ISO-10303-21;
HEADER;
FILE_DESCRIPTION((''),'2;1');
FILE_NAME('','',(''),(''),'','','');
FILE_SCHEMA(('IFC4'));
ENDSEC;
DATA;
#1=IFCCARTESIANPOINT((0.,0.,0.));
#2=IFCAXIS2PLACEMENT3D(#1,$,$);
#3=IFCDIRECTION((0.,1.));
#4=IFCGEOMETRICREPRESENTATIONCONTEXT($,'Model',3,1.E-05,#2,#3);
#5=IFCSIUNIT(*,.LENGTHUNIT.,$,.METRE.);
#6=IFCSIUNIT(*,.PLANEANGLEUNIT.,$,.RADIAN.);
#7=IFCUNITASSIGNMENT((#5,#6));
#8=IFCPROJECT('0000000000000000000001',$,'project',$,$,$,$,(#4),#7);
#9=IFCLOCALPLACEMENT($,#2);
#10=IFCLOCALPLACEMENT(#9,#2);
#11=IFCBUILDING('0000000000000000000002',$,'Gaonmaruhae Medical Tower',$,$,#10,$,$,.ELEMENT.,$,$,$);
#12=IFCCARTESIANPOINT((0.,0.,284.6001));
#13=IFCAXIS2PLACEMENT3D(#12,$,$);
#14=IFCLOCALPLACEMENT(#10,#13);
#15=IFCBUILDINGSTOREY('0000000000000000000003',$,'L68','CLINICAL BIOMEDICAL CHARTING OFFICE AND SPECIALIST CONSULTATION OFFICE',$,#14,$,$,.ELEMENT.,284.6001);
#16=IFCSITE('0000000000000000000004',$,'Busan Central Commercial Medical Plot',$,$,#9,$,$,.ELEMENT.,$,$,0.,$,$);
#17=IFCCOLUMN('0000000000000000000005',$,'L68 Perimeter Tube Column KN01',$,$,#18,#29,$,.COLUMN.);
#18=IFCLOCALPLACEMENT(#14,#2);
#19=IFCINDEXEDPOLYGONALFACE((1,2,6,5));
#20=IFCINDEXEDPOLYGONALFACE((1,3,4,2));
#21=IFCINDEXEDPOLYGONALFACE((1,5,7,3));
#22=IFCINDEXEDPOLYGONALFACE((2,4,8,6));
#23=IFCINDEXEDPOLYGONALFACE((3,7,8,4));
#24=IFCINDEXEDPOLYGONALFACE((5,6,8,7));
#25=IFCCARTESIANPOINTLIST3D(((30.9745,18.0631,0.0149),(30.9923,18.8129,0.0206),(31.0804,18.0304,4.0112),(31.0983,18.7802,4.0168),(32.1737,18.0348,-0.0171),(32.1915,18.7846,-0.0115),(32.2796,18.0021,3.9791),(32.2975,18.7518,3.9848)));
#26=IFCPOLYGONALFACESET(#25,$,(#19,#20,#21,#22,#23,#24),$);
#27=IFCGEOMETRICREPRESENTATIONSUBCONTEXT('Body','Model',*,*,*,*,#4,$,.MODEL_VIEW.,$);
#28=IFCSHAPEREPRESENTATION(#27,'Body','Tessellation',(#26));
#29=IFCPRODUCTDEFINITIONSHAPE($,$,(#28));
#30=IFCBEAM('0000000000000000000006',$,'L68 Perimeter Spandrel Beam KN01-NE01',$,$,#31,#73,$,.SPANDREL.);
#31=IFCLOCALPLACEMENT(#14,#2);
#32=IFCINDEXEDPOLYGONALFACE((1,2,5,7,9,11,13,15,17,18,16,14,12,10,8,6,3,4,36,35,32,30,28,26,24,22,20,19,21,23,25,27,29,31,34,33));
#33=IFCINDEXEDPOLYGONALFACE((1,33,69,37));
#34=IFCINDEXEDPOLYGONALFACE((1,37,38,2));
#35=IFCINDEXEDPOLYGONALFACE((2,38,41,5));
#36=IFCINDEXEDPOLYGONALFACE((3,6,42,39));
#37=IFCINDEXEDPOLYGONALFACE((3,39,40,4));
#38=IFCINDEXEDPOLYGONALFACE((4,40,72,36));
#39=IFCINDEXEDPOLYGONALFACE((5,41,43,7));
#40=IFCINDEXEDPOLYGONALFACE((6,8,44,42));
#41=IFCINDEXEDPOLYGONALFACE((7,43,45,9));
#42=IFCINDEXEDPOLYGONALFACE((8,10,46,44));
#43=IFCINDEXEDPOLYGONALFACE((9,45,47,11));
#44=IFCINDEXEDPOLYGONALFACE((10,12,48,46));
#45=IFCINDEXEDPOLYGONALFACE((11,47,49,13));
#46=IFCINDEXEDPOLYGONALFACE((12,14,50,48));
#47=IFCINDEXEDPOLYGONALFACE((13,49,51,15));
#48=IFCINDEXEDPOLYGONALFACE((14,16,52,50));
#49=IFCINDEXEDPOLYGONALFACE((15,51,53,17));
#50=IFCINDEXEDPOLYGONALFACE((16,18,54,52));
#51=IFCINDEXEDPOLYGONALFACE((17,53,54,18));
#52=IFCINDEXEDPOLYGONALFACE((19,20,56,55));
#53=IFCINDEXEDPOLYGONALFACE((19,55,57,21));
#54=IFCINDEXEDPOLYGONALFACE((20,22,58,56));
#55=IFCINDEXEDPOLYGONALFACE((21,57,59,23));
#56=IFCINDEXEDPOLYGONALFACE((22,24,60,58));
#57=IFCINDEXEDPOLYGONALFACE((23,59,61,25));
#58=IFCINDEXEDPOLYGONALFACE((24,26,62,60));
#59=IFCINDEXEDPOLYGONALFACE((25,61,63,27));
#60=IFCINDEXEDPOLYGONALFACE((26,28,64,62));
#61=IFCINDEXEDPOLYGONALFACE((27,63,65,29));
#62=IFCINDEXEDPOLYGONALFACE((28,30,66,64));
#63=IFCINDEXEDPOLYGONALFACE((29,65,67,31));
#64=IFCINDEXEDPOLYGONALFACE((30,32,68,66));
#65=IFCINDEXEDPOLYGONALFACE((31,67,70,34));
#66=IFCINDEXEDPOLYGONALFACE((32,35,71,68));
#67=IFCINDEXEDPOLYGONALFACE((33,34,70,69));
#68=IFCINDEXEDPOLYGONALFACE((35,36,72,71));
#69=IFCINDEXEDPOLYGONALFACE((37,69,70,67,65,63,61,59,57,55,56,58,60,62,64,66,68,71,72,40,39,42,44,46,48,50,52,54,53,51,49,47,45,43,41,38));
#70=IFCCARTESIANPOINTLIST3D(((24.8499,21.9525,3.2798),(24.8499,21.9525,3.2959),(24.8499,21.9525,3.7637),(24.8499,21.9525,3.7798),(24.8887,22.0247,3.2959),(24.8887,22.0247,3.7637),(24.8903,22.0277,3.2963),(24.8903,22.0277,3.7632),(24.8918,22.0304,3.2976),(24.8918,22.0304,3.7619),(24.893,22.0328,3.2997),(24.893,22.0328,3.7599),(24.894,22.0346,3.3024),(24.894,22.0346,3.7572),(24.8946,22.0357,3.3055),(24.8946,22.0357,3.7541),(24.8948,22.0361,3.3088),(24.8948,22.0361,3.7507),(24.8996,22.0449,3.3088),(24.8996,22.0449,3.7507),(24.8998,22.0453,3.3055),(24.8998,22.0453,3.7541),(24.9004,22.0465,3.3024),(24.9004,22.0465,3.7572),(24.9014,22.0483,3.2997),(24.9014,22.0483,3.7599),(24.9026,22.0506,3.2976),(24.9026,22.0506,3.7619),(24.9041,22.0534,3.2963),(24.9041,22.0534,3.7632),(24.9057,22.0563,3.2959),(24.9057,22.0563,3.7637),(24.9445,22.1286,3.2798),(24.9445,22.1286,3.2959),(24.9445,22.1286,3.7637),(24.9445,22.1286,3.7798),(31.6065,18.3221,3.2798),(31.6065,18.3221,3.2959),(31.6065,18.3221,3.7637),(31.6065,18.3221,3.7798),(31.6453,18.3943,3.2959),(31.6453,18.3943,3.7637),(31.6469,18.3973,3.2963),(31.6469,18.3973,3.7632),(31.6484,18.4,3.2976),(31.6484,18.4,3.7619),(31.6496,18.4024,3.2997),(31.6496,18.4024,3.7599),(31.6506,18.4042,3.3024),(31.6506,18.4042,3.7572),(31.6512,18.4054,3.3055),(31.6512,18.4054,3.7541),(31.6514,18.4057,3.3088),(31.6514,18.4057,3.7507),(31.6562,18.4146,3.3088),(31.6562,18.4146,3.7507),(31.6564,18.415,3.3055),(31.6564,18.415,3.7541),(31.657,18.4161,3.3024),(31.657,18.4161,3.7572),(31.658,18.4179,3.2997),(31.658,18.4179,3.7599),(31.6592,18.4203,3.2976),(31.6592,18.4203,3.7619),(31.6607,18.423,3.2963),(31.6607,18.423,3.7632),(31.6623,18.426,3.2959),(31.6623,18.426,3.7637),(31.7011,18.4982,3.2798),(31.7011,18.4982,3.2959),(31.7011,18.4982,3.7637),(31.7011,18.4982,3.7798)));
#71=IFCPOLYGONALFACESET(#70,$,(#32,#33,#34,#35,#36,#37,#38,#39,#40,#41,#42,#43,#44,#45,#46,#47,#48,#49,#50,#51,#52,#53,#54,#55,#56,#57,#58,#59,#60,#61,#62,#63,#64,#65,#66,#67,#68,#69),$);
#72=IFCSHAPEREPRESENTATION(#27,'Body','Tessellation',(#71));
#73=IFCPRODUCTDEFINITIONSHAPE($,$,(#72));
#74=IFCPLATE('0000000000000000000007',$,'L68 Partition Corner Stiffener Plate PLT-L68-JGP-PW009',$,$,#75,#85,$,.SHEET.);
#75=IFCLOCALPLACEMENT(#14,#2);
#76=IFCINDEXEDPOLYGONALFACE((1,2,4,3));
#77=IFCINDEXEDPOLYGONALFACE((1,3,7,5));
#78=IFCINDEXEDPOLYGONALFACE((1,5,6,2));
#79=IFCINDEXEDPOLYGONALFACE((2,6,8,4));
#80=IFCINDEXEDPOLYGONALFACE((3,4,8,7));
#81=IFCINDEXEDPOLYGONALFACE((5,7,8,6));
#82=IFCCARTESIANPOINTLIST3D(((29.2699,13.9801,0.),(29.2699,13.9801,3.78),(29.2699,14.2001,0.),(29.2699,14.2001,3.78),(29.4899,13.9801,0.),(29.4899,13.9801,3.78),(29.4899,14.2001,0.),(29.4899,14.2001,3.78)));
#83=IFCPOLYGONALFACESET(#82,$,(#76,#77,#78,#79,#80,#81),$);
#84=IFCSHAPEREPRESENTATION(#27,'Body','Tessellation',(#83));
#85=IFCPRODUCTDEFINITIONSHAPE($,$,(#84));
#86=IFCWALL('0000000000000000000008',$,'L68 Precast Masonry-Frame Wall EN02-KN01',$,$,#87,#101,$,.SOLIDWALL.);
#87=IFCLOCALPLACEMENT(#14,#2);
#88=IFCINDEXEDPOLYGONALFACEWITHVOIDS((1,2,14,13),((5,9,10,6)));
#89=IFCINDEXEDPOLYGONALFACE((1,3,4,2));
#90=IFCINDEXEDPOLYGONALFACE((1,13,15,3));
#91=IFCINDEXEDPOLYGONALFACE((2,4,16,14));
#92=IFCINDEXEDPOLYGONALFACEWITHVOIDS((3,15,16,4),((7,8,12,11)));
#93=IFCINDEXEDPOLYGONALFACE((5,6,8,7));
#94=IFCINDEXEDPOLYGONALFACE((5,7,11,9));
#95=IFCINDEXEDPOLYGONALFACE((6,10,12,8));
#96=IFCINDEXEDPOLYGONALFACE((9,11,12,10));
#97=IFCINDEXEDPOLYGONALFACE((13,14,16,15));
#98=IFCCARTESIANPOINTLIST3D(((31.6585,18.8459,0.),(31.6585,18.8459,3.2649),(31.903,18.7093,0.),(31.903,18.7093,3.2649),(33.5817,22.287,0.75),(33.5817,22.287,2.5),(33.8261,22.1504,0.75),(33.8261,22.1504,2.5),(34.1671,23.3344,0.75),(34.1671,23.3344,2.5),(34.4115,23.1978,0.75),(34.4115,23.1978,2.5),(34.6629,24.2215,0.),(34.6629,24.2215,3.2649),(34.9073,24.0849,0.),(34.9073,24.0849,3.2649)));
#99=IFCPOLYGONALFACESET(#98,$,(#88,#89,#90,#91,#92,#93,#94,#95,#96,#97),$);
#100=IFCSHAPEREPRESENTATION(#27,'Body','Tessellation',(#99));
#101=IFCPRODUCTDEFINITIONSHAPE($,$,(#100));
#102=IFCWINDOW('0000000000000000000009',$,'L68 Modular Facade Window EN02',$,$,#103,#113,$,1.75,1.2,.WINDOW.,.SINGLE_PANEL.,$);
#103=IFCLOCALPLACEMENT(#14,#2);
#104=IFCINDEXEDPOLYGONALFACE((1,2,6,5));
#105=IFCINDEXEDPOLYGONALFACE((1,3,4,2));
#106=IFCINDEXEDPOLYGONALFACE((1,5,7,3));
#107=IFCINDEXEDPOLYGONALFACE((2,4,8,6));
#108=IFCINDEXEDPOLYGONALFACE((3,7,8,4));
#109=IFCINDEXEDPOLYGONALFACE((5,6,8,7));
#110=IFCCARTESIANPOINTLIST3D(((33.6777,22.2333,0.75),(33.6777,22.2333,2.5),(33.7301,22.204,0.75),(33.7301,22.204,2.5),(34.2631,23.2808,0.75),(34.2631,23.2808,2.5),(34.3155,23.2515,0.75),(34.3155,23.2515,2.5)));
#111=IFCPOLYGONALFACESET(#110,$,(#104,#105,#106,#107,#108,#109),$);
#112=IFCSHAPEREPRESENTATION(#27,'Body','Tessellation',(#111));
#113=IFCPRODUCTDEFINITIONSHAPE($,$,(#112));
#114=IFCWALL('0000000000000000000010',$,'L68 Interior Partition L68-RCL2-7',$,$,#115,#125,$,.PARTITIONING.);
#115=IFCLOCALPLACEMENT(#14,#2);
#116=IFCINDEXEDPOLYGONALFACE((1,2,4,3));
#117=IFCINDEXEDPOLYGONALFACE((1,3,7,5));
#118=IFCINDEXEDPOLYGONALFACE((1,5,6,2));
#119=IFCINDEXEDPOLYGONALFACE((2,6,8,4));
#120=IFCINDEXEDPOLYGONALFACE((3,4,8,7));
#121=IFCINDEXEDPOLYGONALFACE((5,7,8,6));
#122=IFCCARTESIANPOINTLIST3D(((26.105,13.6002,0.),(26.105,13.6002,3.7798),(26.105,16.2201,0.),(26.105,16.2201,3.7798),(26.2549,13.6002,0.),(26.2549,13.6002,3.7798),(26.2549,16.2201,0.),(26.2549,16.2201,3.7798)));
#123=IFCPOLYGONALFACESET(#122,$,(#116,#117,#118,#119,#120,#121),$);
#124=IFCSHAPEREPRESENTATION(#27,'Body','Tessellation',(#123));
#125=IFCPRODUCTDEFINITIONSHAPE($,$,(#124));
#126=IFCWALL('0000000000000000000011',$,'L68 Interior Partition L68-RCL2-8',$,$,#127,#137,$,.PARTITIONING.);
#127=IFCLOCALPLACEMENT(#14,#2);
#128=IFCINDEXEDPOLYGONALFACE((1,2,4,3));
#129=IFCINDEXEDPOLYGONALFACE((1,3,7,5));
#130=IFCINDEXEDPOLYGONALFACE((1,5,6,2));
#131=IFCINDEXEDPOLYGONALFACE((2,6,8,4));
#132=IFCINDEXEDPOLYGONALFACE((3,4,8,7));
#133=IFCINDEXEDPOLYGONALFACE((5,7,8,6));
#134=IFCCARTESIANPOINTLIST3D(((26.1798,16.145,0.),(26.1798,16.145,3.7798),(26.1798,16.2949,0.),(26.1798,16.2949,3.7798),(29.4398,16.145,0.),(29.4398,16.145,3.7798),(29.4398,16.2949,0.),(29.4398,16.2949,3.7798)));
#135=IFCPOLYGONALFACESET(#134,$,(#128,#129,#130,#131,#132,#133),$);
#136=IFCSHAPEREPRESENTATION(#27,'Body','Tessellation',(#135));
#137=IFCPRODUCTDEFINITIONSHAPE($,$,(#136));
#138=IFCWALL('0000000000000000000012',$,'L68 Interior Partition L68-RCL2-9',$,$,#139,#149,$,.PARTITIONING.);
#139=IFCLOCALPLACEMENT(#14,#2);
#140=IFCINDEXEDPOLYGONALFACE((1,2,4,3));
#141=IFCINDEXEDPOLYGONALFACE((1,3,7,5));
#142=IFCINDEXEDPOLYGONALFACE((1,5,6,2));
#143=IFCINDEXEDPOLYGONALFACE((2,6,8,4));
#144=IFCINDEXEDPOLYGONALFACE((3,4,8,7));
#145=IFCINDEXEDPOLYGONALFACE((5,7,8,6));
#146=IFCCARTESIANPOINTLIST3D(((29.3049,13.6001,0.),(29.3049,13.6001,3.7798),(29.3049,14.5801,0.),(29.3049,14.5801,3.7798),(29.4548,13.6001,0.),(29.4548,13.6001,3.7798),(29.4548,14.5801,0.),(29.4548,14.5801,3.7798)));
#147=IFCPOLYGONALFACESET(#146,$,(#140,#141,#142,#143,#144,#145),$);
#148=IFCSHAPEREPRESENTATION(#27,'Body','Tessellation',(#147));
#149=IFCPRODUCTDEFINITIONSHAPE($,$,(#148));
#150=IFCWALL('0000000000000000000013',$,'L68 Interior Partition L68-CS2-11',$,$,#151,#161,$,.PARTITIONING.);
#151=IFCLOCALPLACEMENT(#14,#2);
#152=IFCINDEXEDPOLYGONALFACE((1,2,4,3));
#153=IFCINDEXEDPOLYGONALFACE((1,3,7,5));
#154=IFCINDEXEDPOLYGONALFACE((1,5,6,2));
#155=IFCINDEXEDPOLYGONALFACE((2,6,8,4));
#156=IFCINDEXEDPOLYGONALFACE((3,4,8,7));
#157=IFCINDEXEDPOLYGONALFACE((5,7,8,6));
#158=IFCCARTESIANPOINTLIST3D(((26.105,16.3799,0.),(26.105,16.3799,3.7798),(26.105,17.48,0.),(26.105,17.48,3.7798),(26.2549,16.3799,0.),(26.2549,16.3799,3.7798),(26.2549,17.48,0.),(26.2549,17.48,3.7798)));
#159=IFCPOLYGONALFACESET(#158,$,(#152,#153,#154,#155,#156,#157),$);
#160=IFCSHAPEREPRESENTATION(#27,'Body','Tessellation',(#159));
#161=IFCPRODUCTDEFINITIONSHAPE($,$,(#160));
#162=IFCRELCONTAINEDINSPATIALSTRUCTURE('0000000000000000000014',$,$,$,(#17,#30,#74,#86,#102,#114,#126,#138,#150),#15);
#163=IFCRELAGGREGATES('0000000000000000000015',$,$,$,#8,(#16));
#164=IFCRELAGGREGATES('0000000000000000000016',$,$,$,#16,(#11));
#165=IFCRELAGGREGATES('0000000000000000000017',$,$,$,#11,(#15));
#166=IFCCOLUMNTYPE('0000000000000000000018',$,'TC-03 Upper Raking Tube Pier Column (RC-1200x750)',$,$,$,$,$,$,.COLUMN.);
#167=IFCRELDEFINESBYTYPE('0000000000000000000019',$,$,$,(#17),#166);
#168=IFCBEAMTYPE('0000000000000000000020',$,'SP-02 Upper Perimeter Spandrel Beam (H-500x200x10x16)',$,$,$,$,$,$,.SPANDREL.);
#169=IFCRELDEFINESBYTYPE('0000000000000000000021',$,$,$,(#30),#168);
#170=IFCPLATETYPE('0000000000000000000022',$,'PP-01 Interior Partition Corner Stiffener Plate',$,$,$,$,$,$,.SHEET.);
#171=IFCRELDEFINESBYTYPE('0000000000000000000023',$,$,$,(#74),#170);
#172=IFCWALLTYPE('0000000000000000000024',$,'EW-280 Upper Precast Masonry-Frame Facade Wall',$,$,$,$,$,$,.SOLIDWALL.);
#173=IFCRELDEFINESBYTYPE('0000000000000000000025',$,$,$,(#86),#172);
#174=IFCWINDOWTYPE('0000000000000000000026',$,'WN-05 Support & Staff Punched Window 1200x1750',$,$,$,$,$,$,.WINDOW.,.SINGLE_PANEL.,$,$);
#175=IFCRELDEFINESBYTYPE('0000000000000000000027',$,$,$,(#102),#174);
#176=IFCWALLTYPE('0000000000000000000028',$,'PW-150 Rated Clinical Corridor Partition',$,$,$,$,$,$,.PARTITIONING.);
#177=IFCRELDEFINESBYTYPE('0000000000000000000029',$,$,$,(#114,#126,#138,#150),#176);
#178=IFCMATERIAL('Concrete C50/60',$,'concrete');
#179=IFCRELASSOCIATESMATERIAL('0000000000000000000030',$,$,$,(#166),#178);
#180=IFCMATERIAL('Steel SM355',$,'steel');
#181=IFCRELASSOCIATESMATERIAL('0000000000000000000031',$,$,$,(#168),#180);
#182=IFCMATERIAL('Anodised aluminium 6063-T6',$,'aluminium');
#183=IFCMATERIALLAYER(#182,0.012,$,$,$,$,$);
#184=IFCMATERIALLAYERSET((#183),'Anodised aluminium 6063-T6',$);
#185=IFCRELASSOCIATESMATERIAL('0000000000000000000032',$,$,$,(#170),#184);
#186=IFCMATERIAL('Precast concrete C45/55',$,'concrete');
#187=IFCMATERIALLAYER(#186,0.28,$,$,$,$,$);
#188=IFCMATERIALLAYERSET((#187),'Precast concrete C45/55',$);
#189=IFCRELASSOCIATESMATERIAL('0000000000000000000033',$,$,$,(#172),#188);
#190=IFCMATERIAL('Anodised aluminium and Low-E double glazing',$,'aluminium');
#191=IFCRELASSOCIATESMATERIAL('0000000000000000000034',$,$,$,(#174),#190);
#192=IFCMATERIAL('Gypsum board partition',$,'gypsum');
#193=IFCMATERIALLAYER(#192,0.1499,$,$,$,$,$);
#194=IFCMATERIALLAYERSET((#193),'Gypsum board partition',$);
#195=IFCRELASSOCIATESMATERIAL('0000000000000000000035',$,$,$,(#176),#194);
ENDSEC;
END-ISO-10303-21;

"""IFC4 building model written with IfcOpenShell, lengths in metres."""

from ifc_helpers import new_model, si_unit, direction, frame, frame_2d, origin, origin_2d, place, context, subcontext, project, spatial, rectangle, i_section, extrude, material, layer, layer_set, material_profile, profile_set, type_object, element, fill, save


model = new_model("IFC4")

# Units and contexts
model_context = context("Model", 3, precision=1e-05, world=origin(), true_north=direction((0.0, 1.0)))
body_context = subcontext(model_context, "Body", "Model", "MODEL_VIEW")
ifc_project = project(units=[si_unit("LENGTHUNIT", "METRE"), si_unit("PLANEANGLEUNIT", "RADIAN")], contexts=[model_context])

# Site, building, storey
site_placement = place(None, origin())
site = spatial("IfcSite", under=ifc_project, at=site_placement, Name="Busan Central Commercial Medical Plot", CompositionType="ELEMENT", RefElevation=0.0)
building_placement = place(site_placement, origin())
building = spatial("IfcBuilding", under=site, at=building_placement, Name="Gaonmaruhae Medical Tower", CompositionType="ELEMENT")
storey_placement = place(building_placement, frame((0.0, 0.0, 284.6001)))
storey = spatial("IfcBuildingStorey", under=building, at=storey_placement, Name="L68", Description="CLINICAL BIOMEDICAL CHARTING OFFICE AND SPECIALIST CONSULTATION OFFICE", CompositionType="ELEMENT", Elevation=284.6001)

# Column
ifc_material_1 = material(Name="Concrete C50/60", Category="concrete")
ifc_material_profile_1 = material_profile(ifc_material_1, rectangle(XDim=1.2, YDim=0.75, at=origin_2d()), Name="RC-1200x750")
ifc_profile_set_1 = profile_set([ifc_material_profile_1], Name="Concrete C50/60")
column_type = type_object("IfcColumnType", Name="TC-03 Upper Raking Tube Pier Column (RC-1200x750)", PredefinedType="COLUMN", material=ifc_profile_set_1)
column_placement = place(storey_placement, frame((31.583, 18.4238, 0.0017), z_axis=(0.026503, -0.008183, 0.999615), x_axis=(-0.999365, 0.023597, 0.02669)))
element("IfcColumn", 1, at=column_placement, inside=storey, type_object=column_type, Name="L68 Perimeter Tube Column KN01", PredefinedType="COLUMN", context=body_context, shape_type="SweptSolid", body=[
    extrude(rectangle(XDim=1.2, YDim=0.75, at=origin_2d()), origin(), (0.0, 0.0, 1.0), 3.9978),
])

# Beam
ifc_material_2 = material(Name="Steel SM355", Category="steel")
ifc_material_profile_2 = material_profile(ifc_material_2, i_section(OverallWidth=0.2, OverallDepth=0.5, WebThickness=0.01, FlangeThickness=0.0161, FilletRadius=0.0129, at=origin_2d()), Name="H-500x200x10x16")
ifc_profile_set_2 = profile_set([ifc_material_profile_2], Name="Steel SM355")
beam_type = type_object("IfcBeamType", Name="SP-02 Upper Perimeter Spandrel Beam (H-500x200x10x16)", PredefinedType="SPANDREL", material=ifc_profile_set_2)
beam_placement = place(storey_placement, frame((31.6538, 18.4102, 3.5298), z_axis=(-0.880895, 0.473312, 0.0), x_axis=(-0.473312, -0.880895, 0.0)))
element("IfcBeam", 2, at=beam_placement, inside=storey, type_object=beam_type, Name="L68 Perimeter Spandrel Beam KN01-NE01", PredefinedType="SPANDREL", context=body_context, shape_type="SweptSolid", body=[
    extrude(i_section(OverallWidth=0.2, OverallDepth=0.5, WebThickness=0.01, FlangeThickness=0.0161, FilletRadius=0.0129, at=origin_2d()), origin(), (0.0, 0.0, 1.0), 7.6702),
])

# Plate
ifc_material_3 = material(Name="Anodised aluminium 6063-T6", Category="aluminium")
ifc_layer_1 = layer(ifc_material_3, 0.012)
ifc_layer_set_1 = layer_set([ifc_layer_1], Name="Anodised aluminium 6063-T6")
plate_type = type_object("IfcPlateType", Name="PP-01 Interior Partition Corner Stiffener Plate", PredefinedType="SHEET", material=ifc_layer_set_1)
plate_placement = place(storey_placement, frame((29.3799, 14.0901, 0.0), z_axis=(0.0, 0.0, 1.0), x_axis=(0.0, -1.0, 0.0)))
element("IfcPlate", 3, at=plate_placement, inside=storey, type_object=plate_type, Name="L68 Partition Corner Stiffener Plate PLT-L68-JGP-PW009", PredefinedType="SHEET", context=body_context, shape_type="SweptSolid", body=[
    extrude(rectangle(XDim=0.22, YDim=0.22, at=origin_2d()), origin(), (0.0, 0.0, 1.0), 3.78),
])

# Wall, opening, window
ifc_material_4 = material(Name="Precast concrete C45/55", Category="concrete")
ifc_layer_2 = layer(ifc_material_4, 0.28)
ifc_layer_set_2 = layer_set([ifc_layer_2], Name="Precast concrete C45/55")
wall_type_1 = type_object("IfcWallType", Name="EW-280 Upper Precast Masonry-Frame Facade Wall", PredefinedType="SOLIDWALL", material=ifc_layer_set_2)
wall_1_placement = place(storey_placement, frame((31.7808, 18.7776, 0.0), z_axis=(0.0, 0.0, 1.0), x_axis=(0.48786, 0.872922, 0.0)))
wall_1 = element("IfcWall", 4, at=wall_1_placement, inside=storey, type_object=wall_type_1, Name="L68 Precast Masonry-Frame Wall EN02-KN01", PredefinedType="SOLIDWALL", context=body_context, shape_type="SweptSolid", body=[
    extrude(rectangle(XDim=6.1582, YDim=0.28, at=frame_2d((3.0791, 0.0))), origin(), (0.0, 0.0, 1.0), 3.2649),
])
opening_1_placement = place(wall_1_placement, frame((3.9419, 0.0, 0.75)))
opening_1 = element("IfcOpeningElement", 5, at=opening_1_placement, cuts=wall_1, PredefinedType="OPENING", context=body_context, shape_type="SweptSolid", body=[
    extrude(rectangle(XDim=1.2, YDim=1.75, at=frame_2d((0.6001, 0.875))), frame((0.0, 0.1499, 0.0), z_axis=(0.0, -1.0, 0.0), x_axis=(1.0, 0.0, 0.0)), (0.0, 0.0, 1.0), 0.3),
])
ifc_material_5 = material(Name="Anodised aluminium and Low-E double glazing", Category="aluminium")
window_type = type_object("IfcWindowType", Name="WN-05 Support & Staff Punched Window 1200x1750", PartitioningType="SINGLE_PANEL", PredefinedType="WINDOW", material=ifc_material_5)
window_placement = place(opening_1_placement, origin())
window = element("IfcWindow", 6, at=window_placement, inside=storey, type_object=window_type, Name="L68 Modular Facade Window EN02", OverallHeight=1.75, OverallWidth=1.2, PartitioningType="SINGLE_PANEL", PredefinedType="WINDOW", context=body_context, shape_type="SweptSolid", body=[
    extrude(rectangle(XDim=1.2, YDim=1.75, at=frame_2d((0.6001, 0.875))), frame((0.0, 0.03, 0.0), z_axis=(0.0, -1.0, 0.0), x_axis=(1.0, 0.0, 0.0)), (0.0, 0.0, 1.0), 0.0601),
])
fill(opening_1, window)

# Walls
ifc_material_6 = material(Name="Gypsum board partition", Category="gypsum")
ifc_layer_3 = layer(ifc_material_6, 0.1499)
ifc_layer_set_3 = layer_set([ifc_layer_3], Name="Gypsum board partition")
wall_type_2 = type_object("IfcWallType", Name="PW-150 Rated Clinical Corridor Partition", PredefinedType="PARTITIONING", material=ifc_layer_set_3)
wall_2_placement = place(storey_placement, frame((26.1799, 13.6001, 0.0), z_axis=(0.0, 0.0, 1.0), x_axis=(0.0, 1.0, 0.0)))
element("IfcWall", 7, at=wall_2_placement, inside=storey, type_object=wall_type_2, Name="L68 Interior Partition L68-RCL2-7", PredefinedType="PARTITIONING", context=body_context, shape_type="SweptSolid", body=[
    extrude(rectangle(XDim=2.6199, YDim=0.1499, at=frame_2d((1.3101, 0.0))), origin(), (0.0, 0.0, 1.0), 3.7798),
])
wall_3_placement = place(storey_placement, frame((26.1799, 16.22, 0.0), z_axis=(0.0, 0.0, 1.0), x_axis=(1.0, 0.0, 0.0)))
element("IfcWall", 8, at=wall_3_placement, inside=storey, type_object=wall_type_2, Name="L68 Interior Partition L68-RCL2-8", PredefinedType="PARTITIONING", context=body_context, shape_type="SweptSolid", body=[
    extrude(rectangle(XDim=3.26, YDim=0.1499, at=frame_2d((1.6299, 0.0))), origin(), (0.0, 0.0, 1.0), 3.7798),
])
wall_4_placement = place(storey_placement, frame((29.3799, 14.5801, 0.0), z_axis=(0.0, 0.0, 1.0), x_axis=(0.0, -1.0, 0.0)))
element("IfcWall", 9, at=wall_4_placement, inside=storey, type_object=wall_type_2, Name="L68 Interior Partition L68-RCL2-9", PredefinedType="PARTITIONING", context=body_context, shape_type="SweptSolid", body=[
    extrude(rectangle(XDim=0.98, YDim=0.1499, at=frame_2d((0.49, 0.0))), origin(), (0.0, 0.0, 1.0), 3.7798),
])

# Wall
wall_5_placement = place(storey_placement, frame((26.1799, 16.3799, 0.0), z_axis=(0.0, 0.0, 1.0), x_axis=(0.0, 1.0, 0.0)))
element("IfcWall", 10, at=wall_5_placement, inside=storey, type_object=wall_type_2, Name="L68 Interior Partition L68-CS2-11", PredefinedType="PARTITIONING", context=body_context, shape_type="SweptSolid", body=[
    extrude(rectangle(XDim=1.1001, YDim=0.1499, at=frame_2d((0.55, 0.0))), origin(), (0.0, 0.0, 1.0), 3.7798),
])

save(model, "model.ifc")
